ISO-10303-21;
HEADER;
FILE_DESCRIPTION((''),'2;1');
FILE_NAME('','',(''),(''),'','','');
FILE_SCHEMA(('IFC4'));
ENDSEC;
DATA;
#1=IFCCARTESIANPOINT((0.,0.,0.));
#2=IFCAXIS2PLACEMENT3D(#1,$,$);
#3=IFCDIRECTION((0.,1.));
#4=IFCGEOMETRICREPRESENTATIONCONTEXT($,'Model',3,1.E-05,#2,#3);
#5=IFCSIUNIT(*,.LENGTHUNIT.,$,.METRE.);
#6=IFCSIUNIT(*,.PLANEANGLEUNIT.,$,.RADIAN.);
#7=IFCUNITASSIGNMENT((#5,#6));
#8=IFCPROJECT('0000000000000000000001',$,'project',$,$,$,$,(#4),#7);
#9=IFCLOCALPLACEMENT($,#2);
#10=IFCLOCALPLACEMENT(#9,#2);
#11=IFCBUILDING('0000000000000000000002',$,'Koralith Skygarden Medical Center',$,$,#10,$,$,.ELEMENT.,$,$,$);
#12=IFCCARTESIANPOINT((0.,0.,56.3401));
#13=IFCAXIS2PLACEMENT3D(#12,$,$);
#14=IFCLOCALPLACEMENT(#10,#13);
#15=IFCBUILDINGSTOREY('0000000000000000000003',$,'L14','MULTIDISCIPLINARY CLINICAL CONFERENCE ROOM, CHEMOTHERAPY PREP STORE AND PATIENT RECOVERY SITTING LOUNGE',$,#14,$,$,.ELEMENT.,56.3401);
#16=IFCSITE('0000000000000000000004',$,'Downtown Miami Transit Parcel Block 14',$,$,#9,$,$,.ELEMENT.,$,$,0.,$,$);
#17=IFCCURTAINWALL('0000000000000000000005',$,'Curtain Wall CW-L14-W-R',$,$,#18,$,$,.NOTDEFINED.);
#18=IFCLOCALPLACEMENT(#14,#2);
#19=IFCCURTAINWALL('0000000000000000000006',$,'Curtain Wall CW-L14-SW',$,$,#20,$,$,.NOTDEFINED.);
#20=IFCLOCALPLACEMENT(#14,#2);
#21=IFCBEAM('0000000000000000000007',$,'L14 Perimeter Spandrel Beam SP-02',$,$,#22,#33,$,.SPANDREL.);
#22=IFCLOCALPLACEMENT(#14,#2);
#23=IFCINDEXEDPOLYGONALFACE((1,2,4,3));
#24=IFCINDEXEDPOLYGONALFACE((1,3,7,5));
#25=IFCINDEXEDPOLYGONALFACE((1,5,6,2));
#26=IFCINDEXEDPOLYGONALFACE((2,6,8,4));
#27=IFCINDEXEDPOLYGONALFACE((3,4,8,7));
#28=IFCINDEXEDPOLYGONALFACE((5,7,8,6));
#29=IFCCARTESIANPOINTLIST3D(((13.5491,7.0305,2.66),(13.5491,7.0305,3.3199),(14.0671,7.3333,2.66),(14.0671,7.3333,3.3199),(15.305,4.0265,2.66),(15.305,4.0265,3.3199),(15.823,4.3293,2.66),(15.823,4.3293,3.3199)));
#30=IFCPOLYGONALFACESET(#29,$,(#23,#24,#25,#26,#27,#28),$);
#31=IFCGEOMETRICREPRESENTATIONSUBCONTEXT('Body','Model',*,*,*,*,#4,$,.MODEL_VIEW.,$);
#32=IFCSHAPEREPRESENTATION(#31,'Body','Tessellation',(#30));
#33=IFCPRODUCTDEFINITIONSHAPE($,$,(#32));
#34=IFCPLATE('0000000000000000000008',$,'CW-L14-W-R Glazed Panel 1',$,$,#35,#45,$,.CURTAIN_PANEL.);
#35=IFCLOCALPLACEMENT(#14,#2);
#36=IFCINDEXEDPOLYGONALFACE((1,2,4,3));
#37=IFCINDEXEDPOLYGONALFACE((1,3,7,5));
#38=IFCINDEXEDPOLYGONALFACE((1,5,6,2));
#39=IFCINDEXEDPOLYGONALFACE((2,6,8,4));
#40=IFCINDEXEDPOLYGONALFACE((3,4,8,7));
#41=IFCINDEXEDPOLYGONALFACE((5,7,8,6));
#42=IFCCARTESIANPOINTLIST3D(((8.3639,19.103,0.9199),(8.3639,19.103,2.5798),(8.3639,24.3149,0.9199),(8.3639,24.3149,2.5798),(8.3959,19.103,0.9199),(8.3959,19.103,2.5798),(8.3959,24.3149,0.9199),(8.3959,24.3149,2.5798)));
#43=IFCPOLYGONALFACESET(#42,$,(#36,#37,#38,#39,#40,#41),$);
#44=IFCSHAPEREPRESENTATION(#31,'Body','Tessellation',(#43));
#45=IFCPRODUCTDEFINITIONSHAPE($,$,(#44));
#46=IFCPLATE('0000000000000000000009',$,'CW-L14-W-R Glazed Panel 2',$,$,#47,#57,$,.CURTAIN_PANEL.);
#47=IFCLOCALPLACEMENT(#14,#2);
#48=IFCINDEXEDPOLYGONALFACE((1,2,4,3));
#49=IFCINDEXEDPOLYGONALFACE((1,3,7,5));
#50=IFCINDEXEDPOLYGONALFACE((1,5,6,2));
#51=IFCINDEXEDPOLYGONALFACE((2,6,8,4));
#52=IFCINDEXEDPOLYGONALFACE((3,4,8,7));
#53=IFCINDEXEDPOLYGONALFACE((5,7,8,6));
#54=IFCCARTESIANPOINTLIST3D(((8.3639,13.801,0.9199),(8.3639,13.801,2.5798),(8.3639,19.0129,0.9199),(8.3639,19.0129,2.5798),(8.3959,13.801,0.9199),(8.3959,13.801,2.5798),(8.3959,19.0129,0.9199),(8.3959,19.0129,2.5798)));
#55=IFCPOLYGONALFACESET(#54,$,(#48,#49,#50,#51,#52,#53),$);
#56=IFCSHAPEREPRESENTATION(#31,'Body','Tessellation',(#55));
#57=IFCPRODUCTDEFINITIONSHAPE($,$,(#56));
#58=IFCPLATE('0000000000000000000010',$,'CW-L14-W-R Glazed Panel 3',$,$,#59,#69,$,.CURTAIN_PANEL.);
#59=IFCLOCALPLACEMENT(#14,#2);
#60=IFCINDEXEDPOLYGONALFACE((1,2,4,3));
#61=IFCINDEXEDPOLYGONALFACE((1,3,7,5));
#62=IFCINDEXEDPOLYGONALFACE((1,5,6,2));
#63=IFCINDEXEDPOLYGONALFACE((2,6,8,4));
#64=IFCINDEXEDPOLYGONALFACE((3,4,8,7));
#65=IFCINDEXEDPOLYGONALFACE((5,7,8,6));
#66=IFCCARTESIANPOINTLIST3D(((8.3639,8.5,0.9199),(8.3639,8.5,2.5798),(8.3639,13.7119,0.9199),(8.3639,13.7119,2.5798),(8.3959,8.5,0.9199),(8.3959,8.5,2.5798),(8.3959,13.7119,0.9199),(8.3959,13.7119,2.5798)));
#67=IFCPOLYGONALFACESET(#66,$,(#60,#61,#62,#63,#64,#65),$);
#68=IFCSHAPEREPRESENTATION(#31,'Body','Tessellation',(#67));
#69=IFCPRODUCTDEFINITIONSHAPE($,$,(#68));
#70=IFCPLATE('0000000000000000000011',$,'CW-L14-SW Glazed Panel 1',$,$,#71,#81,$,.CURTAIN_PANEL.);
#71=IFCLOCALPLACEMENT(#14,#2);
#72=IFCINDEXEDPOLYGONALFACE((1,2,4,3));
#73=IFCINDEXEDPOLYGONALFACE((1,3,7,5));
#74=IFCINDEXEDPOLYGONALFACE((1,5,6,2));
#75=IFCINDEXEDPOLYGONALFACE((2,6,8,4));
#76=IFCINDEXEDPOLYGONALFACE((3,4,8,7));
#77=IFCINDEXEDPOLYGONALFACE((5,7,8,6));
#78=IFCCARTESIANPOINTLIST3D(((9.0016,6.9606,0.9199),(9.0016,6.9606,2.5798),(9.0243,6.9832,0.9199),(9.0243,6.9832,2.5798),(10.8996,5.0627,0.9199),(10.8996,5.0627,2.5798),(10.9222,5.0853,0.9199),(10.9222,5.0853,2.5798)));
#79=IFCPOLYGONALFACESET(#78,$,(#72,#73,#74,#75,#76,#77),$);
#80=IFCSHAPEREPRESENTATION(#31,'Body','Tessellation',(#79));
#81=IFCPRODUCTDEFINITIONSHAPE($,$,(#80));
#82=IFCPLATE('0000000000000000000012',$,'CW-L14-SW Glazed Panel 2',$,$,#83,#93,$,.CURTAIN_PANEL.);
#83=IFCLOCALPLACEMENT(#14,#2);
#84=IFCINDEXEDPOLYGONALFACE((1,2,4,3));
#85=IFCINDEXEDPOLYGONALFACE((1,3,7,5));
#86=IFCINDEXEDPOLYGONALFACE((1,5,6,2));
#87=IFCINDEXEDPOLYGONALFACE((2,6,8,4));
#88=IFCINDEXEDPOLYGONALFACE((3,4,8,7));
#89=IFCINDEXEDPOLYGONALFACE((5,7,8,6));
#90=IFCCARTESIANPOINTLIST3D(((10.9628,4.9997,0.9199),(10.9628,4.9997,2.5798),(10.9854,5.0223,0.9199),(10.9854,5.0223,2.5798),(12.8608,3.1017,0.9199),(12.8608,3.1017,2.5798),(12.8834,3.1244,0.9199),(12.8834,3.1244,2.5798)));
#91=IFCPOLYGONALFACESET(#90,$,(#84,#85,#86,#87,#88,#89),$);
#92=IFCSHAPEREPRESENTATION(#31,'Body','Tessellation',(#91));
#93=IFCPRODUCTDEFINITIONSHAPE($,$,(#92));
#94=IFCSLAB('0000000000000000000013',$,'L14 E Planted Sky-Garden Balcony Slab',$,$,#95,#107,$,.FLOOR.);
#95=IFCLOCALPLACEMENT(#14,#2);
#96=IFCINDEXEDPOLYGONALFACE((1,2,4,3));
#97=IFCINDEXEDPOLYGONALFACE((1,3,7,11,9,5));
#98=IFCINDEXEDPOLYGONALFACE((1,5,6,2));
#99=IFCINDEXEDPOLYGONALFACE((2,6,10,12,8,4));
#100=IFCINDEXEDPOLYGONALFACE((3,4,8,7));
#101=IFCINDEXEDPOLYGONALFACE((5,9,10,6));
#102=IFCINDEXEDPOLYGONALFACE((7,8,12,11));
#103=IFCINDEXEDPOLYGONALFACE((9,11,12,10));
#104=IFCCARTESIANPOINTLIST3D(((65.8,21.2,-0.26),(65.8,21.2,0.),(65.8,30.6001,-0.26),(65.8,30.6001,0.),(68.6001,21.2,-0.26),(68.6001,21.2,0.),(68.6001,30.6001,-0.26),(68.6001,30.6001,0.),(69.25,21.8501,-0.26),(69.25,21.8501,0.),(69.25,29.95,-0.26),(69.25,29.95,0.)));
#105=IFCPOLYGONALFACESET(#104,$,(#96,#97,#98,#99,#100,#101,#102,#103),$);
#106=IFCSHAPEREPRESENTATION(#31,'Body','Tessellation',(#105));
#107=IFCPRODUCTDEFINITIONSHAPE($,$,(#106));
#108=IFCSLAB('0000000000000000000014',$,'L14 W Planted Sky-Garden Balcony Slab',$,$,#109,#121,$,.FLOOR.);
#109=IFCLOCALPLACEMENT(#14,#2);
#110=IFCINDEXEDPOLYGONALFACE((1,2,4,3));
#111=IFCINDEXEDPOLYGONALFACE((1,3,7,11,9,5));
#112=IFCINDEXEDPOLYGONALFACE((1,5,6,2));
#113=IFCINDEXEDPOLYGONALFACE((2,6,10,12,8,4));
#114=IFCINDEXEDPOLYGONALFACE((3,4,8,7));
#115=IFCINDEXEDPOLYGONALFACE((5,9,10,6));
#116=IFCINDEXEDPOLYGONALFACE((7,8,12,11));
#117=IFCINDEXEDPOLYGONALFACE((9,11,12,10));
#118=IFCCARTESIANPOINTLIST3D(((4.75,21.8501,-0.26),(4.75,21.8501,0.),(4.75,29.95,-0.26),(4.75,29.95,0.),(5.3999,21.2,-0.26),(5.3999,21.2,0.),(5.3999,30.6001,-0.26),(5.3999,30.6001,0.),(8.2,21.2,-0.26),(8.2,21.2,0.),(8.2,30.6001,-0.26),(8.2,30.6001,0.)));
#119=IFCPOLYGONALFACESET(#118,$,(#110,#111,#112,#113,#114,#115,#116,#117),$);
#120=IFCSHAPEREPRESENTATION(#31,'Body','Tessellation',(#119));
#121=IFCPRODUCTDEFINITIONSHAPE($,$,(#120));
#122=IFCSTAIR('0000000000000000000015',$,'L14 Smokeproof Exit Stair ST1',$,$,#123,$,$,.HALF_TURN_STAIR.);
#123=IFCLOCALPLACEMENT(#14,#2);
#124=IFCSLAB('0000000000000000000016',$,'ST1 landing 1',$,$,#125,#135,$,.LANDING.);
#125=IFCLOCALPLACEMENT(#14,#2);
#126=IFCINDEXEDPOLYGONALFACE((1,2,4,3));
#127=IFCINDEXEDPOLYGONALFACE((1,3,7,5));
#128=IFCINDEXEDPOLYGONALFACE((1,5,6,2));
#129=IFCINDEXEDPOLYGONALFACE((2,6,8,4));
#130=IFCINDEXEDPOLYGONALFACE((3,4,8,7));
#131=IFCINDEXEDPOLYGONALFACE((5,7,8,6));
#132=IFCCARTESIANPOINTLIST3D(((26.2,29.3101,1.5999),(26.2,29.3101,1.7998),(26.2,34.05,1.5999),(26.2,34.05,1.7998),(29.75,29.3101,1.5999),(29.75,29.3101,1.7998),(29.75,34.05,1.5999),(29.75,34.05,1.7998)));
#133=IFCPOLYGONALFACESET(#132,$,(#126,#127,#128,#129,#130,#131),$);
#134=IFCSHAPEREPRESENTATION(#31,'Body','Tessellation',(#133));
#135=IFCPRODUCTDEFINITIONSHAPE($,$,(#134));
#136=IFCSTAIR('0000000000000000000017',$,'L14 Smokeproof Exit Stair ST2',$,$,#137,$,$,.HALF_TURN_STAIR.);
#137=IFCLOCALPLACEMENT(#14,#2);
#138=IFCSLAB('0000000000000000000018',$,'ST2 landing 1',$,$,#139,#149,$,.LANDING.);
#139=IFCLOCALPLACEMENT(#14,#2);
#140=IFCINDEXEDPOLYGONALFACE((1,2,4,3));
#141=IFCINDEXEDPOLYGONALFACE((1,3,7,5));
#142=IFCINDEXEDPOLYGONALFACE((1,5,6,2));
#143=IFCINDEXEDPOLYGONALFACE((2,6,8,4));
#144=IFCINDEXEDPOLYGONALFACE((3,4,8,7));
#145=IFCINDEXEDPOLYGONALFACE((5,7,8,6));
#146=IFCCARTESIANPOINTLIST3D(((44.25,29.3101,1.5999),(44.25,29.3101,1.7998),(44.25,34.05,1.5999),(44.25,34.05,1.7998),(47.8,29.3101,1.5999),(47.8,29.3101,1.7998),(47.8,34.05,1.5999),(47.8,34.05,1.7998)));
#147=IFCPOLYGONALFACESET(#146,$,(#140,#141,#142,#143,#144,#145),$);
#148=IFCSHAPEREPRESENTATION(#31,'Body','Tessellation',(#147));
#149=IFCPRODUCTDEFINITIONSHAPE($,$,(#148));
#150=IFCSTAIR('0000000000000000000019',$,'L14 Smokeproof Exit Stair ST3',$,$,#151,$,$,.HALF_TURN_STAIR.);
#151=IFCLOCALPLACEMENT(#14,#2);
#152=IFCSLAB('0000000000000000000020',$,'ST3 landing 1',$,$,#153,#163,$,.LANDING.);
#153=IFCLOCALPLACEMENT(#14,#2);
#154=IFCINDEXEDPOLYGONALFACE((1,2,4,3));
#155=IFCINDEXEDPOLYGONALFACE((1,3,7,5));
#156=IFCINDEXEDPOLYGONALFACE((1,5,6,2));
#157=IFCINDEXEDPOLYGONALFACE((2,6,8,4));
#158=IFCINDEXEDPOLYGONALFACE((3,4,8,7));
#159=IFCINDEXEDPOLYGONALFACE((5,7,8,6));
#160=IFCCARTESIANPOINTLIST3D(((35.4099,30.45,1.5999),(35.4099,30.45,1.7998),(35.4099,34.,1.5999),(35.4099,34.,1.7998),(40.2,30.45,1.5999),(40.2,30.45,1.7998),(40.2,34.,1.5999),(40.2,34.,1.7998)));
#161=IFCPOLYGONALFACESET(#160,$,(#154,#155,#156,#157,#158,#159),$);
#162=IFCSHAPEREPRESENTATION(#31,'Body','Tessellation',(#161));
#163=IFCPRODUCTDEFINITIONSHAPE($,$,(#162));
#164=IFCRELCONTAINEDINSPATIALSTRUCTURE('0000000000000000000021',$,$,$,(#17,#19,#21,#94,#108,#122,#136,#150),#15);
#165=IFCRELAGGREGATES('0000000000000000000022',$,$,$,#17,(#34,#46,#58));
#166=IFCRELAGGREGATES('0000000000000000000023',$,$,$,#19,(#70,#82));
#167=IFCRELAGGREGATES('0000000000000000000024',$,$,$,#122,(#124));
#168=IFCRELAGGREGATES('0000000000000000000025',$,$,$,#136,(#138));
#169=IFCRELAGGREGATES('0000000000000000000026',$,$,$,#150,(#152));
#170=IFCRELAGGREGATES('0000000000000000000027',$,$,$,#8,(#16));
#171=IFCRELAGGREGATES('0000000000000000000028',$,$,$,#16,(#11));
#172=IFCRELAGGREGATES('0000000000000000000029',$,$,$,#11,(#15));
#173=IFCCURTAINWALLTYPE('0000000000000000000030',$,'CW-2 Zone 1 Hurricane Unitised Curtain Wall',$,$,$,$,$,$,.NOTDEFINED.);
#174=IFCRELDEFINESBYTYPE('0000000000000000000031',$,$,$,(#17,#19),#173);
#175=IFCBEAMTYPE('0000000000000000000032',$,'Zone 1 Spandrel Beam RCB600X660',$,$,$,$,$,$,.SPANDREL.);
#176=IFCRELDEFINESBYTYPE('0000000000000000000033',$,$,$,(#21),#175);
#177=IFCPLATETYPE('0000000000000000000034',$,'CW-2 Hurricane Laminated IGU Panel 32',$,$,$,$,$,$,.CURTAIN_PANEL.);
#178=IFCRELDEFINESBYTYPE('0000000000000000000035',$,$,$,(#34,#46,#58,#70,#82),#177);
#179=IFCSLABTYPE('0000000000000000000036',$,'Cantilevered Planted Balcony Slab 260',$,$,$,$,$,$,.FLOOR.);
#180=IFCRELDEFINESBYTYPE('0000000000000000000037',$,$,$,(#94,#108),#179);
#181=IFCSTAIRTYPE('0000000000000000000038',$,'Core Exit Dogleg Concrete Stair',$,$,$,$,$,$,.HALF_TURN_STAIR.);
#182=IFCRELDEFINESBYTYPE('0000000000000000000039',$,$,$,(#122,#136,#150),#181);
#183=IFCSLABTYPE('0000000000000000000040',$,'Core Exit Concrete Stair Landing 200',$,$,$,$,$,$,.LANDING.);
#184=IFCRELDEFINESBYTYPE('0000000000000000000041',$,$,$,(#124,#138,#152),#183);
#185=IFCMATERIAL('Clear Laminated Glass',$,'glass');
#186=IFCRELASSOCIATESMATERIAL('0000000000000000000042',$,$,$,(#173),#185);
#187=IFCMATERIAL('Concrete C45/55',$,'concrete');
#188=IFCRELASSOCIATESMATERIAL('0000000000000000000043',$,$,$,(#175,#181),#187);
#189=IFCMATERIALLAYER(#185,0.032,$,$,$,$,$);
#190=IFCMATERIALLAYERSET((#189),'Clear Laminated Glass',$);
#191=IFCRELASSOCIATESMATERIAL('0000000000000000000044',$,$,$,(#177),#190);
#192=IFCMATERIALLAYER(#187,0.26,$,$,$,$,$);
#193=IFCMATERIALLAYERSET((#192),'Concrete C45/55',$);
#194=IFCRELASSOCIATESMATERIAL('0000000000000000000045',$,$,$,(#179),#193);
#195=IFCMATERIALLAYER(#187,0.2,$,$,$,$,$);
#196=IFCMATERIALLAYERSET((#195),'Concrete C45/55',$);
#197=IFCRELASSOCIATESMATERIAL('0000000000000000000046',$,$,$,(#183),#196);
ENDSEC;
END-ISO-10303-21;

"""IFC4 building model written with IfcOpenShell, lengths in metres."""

from ifc_helpers import new_model, si_unit, direction, frame, origin, origin_2d, place, context, subcontext, project, spatial, polyline, rectangle, outline, extrude, material, layer, layer_set, material_profile, profile_set, type_object, element, aggregate, save


model = new_model("IFC4")

# Units and contexts
model_context = context("Model", 3, precision=1e-05, world=origin(), true_north=direction((0.0, 1.0)))
body_context = subcontext(model_context, "Body", "Model", "MODEL_VIEW")
ifc_project = project(units=[si_unit("LENGTHUNIT", "METRE"), si_unit("PLANEANGLEUNIT", "RADIAN")], contexts=[model_context])

# Site, building, storey
site_placement = place(None, origin())
site = spatial("IfcSite", under=ifc_project, at=site_placement, Name="Downtown Miami Transit Parcel Block 14", CompositionType="ELEMENT", RefElevation=0.0)
building_placement = place(site_placement, origin())
building = spatial("IfcBuilding", under=site, at=building_placement, Name="Koralith Skygarden Medical Center", CompositionType="ELEMENT")
storey_placement = place(building_placement, frame((0.0, 0.0, 56.3401)))
storey = spatial("IfcBuildingStorey", under=building, at=storey_placement, Name="L14", Description="MULTIDISCIPLINARY CLINICAL CONFERENCE ROOM, CHEMOTHERAPY PREP STORE AND PATIENT RECOVERY SITTING LOUNGE", CompositionType="ELEMENT", Elevation=56.3401)

# Curtain walls
ifc_material_1 = material(Name="Clear Laminated Glass", Category="glass")
curtain_wall_type = type_object("IfcCurtainWallType", Name="CW-2 Zone 1 Hurricane Unitised Curtain Wall", PredefinedType="NOTDEFINED", material=ifc_material_1)
curtain_wall_1_placement = place(storey_placement, origin())
curtain_wall_1 = element("IfcCurtainWall", 1, at=curtain_wall_1_placement, inside=storey, type_object=curtain_wall_type, Name="Curtain Wall CW-L14-W-R", PredefinedType="NOTDEFINED")
curtain_wall_2_placement = place(storey_placement, origin())
curtain_wall_2 = element("IfcCurtainWall", 2, at=curtain_wall_2_placement, inside=storey, type_object=curtain_wall_type, Name="Curtain Wall CW-L14-SW", PredefinedType="NOTDEFINED")

# Beam
ifc_material_2 = material(Name="Concrete C45/55", Category="concrete")
ifc_material_profile_1 = material_profile(ifc_material_2, rectangle(XDim=0.6001, YDim=0.6599, at=origin_2d()), Name="RCB600X660")
ifc_profile_set_1 = profile_set([ifc_material_profile_1], Name="Concrete C45/55")
beam_type = type_object("IfcBeamType", Name="Zone 1 Spandrel Beam RCB600X660", PredefinedType="SPANDREL", material=ifc_profile_set_1)
beam_1_placement = place(storey_placement, frame((13.8081, 7.1819, 2.99), z_axis=(0.504639, -0.863331, 0.0), x_axis=(0.863331, 0.504639, 0.0)))
element("IfcBeam", 3, at=beam_1_placement, inside=storey, type_object=beam_type, Name="L14 Perimeter Spandrel Beam SP-02", PredefinedType="SPANDREL", context=body_context, shape_type="SweptSolid", body=[
    extrude(rectangle(XDim=0.6001, YDim=0.6599, at=origin_2d()), origin(), (0.0, 0.0, 1.0), 3.4795),
])

# Plates
ifc_layer_1 = layer(ifc_material_1, 0.032)
ifc_layer_set_1 = layer_set([ifc_layer_1], Name="Clear Laminated Glass")
plate_type_1 = type_object("IfcPlateType", Name="CW-2 Hurricane Laminated IGU Panel 32", PredefinedType="CURTAIN_PANEL", material=ifc_layer_set_1)
plate_1_placement = place(storey_placement, frame((8.3799, 21.709, 0.9199), z_axis=(0.0, 0.0, 1.0), x_axis=(0.0, -1.0, 0.0)))
plate_1 = element("IfcPlate", 4, at=plate_1_placement, type_object=plate_type_1, Name="CW-L14-W-R Glazed Panel 1", PredefinedType="CURTAIN_PANEL", context=body_context, shape_type="SweptSolid", body=[
    extrude(rectangle(XDim=5.2119, YDim=0.032, at=origin_2d()), origin(), (0.0, 0.0, 1.0), 1.6599),
])
plate_2_placement = place(storey_placement, frame((8.3799, 16.407, 0.9199), z_axis=(0.0, 0.0, 1.0), x_axis=(0.0, -1.0, 0.0)))
plate_2 = element("IfcPlate", 5, at=plate_2_placement, type_object=plate_type_1, Name="CW-L14-W-R Glazed Panel 2", PredefinedType="CURTAIN_PANEL", context=body_context, shape_type="SweptSolid", body=[
    extrude(rectangle(XDim=5.2119, YDim=0.032, at=origin_2d()), origin(), (0.0, 0.0, 1.0), 1.6599),
])
plate_3_placement = place(storey_placement, frame((8.3799, 11.106, 0.9199), z_axis=(0.0, 0.0, 1.0), x_axis=(0.0, -1.0, 0.0)))
plate_3 = element("IfcPlate", 6, at=plate_3_placement, type_object=plate_type_1, Name="CW-L14-W-R Glazed Panel 3", PredefinedType="CURTAIN_PANEL", context=body_context, shape_type="SweptSolid", body=[
    extrude(rectangle(XDim=5.2119, YDim=0.032, at=origin_2d()), origin(), (0.0, 0.0, 1.0), 1.6599),
])
aggregate(curtain_wall_1, [plate_1, plate_2, plate_3])
plate_4_placement = place(storey_placement, frame((9.9619, 6.0229, 0.9199), z_axis=(0.0, 0.0, 1.0), x_axis=(0.707107, -0.707107, 0.0)))
plate_4 = element("IfcPlate", 7, at=plate_4_placement, type_object=plate_type_1, Name="CW-L14-SW Glazed Panel 1", PredefinedType="CURTAIN_PANEL", context=body_context, shape_type="SweptSolid", body=[
    extrude(rectangle(XDim=2.6841, YDim=0.032, at=origin_2d()), origin(), (0.0, 0.0, 1.0), 1.6599),
])
plate_5_placement = place(storey_placement, frame((11.9231, 4.062, 0.9199), z_axis=(0.0, 0.0, 1.0), x_axis=(0.707107, -0.707107, 0.0)))
plate_5 = element("IfcPlate", 8, at=plate_5_placement, type_object=plate_type_1, Name="CW-L14-SW Glazed Panel 2", PredefinedType="CURTAIN_PANEL", context=body_context, shape_type="SweptSolid", body=[
    extrude(rectangle(XDim=2.6841, YDim=0.032, at=origin_2d()), origin(), (0.0, 0.0, 1.0), 1.6599),
])
aggregate(curtain_wall_2, [plate_4, plate_5])

# Slabs
ifc_layer_2 = layer(ifc_material_2, 0.26)
ifc_layer_set_2 = layer_set([ifc_layer_2], Name="Concrete C45/55")
slab_type_1 = type_object("IfcSlabType", Name="Cantilevered Planted Balcony Slab 260", PredefinedType="FLOOR", material=ifc_layer_set_2)
slab_1_placement = place(storey_placement, frame((0.0, 0.0, -0.26)))
element("IfcSlab", 9, at=slab_1_placement, inside=storey, type_object=slab_type_1, Name="L14 E Planted Sky-Garden Balcony Slab", PredefinedType="FLOOR", context=body_context, shape_type="SweptSolid", body=[
    extrude(outline(polyline([(65.8, 21.2), (68.6001, 21.2), (69.25, 21.8501), (69.25, 29.95), (68.6001, 30.6001), (65.8, 30.6001), (65.8, 21.2)])), origin(), (0.0, 0.0, 1.0), 0.26),
])
slab_2_placement = place(storey_placement, frame((0.0, 0.0, -0.26)))
element("IfcSlab", 10, at=slab_2_placement, inside=storey, type_object=slab_type_1, Name="L14 W Planted Sky-Garden Balcony Slab", PredefinedType="FLOOR", context=body_context, shape_type="SweptSolid", body=[
    extrude(outline(polyline([(5.3999, 21.2), (8.2, 21.2), (8.2, 30.6001), (5.3999, 30.6001), (4.75, 29.95), (4.75, 21.8501), (5.3999, 21.2)])), origin(), (0.0, 0.0, 1.0), 0.26),
])

# Stairs, slabs
stair_type = type_object("IfcStairType", Name="Core Exit Dogleg Concrete Stair", PredefinedType="HALF_TURN_STAIR", material=ifc_material_2)
stair_1_placement = place(storey_placement, origin())
stair_1 = element("IfcStair", 11, at=stair_1_placement, inside=storey, type_object=stair_type, Name="L14 Smokeproof Exit Stair ST1", PredefinedType="HALF_TURN_STAIR")
ifc_layer_3 = layer(ifc_material_2, 0.2)
ifc_layer_set_3 = layer_set([ifc_layer_3], Name="Concrete C45/55")
slab_type_2 = type_object("IfcSlabType", Name="Core Exit Concrete Stair Landing 200", PredefinedType="LANDING", material=ifc_layer_set_3)
slab_3_placement = place(storey_placement, frame((0.0, 0.0, 1.5999)))
slab_3 = element("IfcSlab", 12, at=slab_3_placement, type_object=slab_type_2, Name="ST1 landing 1", PredefinedType="LANDING", context=body_context, shape_type="SweptSolid", body=[
    extrude(outline(polyline([(29.75, 29.3101), (29.75, 34.05), (26.2, 34.05), (26.2, 29.3101), (29.75, 29.3101)])), origin(), (0.0, 0.0, 1.0), 0.2),
])
aggregate(stair_1, [slab_3])
stair_2_placement = place(storey_placement, origin())
stair_2 = element("IfcStair", 13, at=stair_2_placement, inside=storey, type_object=stair_type, Name="L14 Smokeproof Exit Stair ST2", PredefinedType="HALF_TURN_STAIR")
slab_4_placement = place(storey_placement, frame((0.0, 0.0, 1.5999)))
slab_4 = element("IfcSlab", 14, at=slab_4_placement, type_object=slab_type_2, Name="ST2 landing 1", PredefinedType="LANDING", context=body_context, shape_type="SweptSolid", body=[
    extrude(outline(polyline([(47.8, 29.3101), (47.8, 34.05), (44.25, 34.05), (44.25, 29.3101), (47.8, 29.3101)])), origin(), (0.0, 0.0, 1.0), 0.2),
])
aggregate(stair_2, [slab_4])
stair_3_placement = place(storey_placement, origin())
stair_3 = element("IfcStair", 15, at=stair_3_placement, inside=storey, type_object=stair_type, Name="L14 Smokeproof Exit Stair ST3", PredefinedType="HALF_TURN_STAIR")
slab_5_placement = place(storey_placement, frame((0.0, 0.0, 1.5999)))
slab_5 = element("IfcSlab", 16, at=slab_5_placement, type_object=slab_type_2, Name="ST3 landing 1", PredefinedType="LANDING", context=body_context, shape_type="SweptSolid", body=[
    extrude(outline(polyline([(35.4099, 30.45), (40.2, 30.45), (40.2, 34.0), (35.4099, 34.0), (35.4099, 30.45)])), origin(), (0.0, 0.0, 1.0), 0.2),
])
aggregate(stair_3, [slab_5])

save(model, "model.ifc")
